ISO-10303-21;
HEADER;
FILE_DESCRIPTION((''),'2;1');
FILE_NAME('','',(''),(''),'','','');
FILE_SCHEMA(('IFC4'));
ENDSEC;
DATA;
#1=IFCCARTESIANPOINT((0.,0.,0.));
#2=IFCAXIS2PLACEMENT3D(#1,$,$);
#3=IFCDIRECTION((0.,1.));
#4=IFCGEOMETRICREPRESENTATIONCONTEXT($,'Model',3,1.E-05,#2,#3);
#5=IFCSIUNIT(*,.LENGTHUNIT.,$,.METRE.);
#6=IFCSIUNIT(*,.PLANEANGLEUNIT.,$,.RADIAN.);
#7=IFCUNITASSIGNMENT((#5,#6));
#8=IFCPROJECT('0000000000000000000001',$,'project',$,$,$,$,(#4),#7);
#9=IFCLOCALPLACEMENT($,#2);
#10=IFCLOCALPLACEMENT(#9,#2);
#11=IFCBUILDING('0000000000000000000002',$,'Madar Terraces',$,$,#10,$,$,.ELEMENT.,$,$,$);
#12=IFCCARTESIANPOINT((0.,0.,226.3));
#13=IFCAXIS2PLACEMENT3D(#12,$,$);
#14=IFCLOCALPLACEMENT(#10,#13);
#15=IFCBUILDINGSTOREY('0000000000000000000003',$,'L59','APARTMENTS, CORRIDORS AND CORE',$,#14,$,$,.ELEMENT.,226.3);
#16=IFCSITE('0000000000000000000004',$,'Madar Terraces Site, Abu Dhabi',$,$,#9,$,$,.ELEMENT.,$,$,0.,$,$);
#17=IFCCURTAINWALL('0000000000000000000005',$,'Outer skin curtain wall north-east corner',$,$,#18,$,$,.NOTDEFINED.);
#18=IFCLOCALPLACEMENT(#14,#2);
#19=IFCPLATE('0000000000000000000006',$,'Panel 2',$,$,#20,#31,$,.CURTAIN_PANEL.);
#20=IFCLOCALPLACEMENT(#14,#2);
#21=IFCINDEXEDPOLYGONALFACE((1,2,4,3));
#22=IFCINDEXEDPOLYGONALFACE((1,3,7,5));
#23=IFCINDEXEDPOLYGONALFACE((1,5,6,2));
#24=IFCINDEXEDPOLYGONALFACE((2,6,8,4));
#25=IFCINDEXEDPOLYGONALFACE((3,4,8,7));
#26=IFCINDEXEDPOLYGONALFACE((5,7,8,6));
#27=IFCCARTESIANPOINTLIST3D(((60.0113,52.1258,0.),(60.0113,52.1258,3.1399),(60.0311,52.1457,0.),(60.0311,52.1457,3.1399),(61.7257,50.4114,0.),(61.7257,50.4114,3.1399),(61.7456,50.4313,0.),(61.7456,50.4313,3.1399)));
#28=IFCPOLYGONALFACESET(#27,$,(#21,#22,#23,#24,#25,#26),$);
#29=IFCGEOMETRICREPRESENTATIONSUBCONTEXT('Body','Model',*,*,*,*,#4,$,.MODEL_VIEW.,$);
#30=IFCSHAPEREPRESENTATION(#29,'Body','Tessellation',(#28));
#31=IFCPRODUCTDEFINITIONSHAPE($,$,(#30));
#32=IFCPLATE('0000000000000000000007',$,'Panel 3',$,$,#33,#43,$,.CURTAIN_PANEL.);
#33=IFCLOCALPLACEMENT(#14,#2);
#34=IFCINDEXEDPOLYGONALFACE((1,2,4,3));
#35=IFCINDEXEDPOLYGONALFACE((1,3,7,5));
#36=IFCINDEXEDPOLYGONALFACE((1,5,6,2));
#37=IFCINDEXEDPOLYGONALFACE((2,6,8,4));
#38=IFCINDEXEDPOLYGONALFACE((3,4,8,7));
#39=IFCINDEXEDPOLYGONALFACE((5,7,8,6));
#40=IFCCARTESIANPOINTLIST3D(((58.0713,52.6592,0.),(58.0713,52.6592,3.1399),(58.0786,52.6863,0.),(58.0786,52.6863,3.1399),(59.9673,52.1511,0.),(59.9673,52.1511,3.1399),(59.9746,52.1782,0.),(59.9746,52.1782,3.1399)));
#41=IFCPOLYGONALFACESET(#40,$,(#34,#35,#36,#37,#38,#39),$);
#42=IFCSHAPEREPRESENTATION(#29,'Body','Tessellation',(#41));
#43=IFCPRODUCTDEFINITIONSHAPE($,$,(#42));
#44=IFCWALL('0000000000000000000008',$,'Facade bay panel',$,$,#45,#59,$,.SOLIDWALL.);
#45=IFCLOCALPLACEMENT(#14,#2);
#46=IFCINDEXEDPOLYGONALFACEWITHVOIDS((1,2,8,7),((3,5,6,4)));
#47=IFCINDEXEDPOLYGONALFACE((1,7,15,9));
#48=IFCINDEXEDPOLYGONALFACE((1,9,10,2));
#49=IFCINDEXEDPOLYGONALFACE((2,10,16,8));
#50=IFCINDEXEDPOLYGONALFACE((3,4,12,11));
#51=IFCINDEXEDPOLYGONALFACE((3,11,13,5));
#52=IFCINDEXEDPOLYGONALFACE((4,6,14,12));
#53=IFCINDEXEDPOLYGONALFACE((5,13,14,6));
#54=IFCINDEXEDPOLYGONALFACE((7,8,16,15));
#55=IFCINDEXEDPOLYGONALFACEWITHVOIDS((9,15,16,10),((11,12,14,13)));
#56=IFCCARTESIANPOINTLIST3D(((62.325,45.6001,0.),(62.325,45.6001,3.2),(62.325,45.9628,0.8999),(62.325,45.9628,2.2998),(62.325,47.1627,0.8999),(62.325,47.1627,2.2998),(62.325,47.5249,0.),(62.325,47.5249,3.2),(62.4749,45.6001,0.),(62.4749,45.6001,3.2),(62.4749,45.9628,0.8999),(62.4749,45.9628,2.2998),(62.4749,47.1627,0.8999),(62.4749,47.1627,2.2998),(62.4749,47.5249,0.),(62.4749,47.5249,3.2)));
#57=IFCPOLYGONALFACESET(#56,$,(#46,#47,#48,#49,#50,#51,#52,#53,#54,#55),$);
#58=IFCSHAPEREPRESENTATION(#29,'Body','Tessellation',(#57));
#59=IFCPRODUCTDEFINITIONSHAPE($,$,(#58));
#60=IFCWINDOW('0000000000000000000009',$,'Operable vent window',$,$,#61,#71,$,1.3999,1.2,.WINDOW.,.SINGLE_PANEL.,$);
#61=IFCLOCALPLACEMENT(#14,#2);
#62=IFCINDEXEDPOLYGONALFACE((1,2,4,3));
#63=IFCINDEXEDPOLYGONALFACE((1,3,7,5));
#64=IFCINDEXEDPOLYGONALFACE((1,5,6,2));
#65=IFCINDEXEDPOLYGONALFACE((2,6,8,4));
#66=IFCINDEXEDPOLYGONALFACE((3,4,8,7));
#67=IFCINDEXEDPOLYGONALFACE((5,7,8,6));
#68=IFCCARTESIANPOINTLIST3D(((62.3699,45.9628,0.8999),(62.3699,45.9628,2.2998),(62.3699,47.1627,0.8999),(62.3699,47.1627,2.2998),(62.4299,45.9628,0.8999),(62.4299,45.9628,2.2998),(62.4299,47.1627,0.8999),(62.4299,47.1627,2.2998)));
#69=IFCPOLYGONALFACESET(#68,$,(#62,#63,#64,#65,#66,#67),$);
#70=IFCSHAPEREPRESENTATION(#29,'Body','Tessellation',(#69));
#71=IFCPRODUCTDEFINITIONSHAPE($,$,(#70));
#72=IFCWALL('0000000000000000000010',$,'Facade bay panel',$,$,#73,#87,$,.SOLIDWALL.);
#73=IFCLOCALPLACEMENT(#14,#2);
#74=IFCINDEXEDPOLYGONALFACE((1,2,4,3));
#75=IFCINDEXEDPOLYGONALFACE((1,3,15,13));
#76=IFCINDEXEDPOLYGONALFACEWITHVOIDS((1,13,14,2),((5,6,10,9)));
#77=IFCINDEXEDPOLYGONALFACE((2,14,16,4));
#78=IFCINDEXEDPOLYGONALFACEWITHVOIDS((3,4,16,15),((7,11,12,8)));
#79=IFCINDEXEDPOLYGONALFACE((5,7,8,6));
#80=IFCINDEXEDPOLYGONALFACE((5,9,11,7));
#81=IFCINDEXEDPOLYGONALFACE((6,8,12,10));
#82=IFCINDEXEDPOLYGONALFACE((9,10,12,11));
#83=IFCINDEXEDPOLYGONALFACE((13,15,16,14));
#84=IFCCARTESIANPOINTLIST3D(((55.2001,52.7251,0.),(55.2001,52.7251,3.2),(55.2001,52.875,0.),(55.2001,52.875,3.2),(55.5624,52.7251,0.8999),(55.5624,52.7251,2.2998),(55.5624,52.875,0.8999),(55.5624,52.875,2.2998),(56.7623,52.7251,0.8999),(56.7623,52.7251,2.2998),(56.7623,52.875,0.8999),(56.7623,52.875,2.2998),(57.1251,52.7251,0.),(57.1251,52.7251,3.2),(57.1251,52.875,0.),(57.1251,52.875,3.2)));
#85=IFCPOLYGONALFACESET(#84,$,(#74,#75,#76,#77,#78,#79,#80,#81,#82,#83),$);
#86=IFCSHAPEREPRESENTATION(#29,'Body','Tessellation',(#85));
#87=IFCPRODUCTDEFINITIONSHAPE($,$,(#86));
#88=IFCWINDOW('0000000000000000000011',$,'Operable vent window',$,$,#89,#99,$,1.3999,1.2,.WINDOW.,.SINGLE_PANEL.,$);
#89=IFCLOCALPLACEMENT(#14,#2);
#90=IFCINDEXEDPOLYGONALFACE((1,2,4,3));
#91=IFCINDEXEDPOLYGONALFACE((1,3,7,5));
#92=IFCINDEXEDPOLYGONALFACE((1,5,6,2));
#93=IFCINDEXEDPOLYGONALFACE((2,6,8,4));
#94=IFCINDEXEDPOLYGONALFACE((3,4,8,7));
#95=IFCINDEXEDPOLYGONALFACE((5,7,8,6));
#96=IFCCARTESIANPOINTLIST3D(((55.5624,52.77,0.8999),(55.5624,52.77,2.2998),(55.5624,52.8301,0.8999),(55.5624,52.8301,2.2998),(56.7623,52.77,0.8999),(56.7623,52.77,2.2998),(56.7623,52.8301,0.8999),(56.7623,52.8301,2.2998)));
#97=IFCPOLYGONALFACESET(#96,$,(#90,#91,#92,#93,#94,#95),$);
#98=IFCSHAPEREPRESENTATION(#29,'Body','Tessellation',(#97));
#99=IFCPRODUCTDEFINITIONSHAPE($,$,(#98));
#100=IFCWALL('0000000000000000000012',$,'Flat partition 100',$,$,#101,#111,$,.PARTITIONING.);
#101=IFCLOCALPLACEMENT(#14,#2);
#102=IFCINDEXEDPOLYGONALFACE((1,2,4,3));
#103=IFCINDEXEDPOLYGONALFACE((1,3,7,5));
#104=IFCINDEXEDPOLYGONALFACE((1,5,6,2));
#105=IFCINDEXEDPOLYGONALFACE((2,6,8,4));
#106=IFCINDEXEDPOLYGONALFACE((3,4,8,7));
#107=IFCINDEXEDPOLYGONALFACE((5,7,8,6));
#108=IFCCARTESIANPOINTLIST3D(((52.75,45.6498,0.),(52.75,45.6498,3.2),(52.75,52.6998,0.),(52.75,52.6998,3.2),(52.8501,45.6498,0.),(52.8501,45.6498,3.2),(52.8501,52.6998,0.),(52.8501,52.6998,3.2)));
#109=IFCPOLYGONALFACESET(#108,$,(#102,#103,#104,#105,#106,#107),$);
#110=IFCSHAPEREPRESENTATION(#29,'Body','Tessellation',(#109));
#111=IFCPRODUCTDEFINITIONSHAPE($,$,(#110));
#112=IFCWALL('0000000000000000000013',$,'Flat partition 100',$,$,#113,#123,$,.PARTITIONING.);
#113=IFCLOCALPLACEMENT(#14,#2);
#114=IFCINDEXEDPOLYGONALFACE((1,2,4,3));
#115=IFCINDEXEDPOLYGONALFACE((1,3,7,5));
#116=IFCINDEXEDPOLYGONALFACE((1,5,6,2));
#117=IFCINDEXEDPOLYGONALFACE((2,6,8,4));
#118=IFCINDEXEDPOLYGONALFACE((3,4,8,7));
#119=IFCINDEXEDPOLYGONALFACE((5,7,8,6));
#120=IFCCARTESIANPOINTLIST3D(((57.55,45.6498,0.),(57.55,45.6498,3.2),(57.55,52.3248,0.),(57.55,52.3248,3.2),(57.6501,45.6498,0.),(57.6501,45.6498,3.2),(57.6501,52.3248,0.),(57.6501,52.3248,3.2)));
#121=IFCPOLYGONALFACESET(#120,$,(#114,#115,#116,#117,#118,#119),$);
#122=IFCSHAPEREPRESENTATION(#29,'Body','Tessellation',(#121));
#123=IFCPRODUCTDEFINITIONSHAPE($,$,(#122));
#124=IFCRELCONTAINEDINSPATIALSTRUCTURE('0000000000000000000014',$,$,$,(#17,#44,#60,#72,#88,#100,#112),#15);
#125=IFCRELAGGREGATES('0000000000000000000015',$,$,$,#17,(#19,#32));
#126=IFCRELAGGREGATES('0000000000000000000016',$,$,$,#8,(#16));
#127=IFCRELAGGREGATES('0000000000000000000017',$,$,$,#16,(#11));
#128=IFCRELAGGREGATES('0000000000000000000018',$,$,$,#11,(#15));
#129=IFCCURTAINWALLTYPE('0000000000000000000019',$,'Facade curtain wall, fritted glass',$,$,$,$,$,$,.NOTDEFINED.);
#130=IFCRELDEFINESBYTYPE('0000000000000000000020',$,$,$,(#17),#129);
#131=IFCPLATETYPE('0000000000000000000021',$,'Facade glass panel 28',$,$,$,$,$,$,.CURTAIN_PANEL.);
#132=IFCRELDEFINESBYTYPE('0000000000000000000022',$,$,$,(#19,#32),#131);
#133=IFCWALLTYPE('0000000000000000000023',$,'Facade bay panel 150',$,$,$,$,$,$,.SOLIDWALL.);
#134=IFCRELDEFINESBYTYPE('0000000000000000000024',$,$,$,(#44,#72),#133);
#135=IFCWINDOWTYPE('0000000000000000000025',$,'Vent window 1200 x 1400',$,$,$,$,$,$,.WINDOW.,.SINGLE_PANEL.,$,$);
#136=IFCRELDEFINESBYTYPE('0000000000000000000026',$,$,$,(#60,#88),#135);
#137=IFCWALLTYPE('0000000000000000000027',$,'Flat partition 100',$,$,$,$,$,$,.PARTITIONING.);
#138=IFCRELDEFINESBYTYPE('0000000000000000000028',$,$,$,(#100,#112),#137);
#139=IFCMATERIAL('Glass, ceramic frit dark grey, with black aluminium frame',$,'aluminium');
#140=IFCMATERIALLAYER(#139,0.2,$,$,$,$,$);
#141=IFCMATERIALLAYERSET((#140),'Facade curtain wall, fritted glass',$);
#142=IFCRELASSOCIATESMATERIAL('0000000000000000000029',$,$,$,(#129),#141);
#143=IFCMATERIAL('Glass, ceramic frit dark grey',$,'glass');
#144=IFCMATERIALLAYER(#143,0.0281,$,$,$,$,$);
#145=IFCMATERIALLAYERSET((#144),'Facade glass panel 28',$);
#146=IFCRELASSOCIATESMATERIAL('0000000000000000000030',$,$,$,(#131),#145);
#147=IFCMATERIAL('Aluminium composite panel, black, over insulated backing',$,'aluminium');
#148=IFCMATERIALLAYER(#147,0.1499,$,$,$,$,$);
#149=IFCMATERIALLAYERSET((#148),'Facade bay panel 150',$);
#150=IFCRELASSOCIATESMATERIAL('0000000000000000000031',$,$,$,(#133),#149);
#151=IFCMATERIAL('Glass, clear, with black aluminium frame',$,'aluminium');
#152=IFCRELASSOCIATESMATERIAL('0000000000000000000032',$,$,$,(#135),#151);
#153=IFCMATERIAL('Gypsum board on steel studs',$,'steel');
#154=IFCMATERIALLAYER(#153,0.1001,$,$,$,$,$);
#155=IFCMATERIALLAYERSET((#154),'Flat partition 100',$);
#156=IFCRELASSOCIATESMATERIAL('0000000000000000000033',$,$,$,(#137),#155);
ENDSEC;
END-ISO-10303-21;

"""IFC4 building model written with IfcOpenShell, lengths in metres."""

from ifc_helpers import new_model, si_unit, direction, frame, frame_2d, origin, origin_2d, place, context, subcontext, project, spatial, rectangle, extrude, material, layer, layer_set, type_object, element, fill, aggregate, save


model = new_model("IFC4")

# Units and contexts
model_context = context("Model", 3, precision=1e-05, world=origin(), true_north=direction((0.0, 1.0)))
body_context = subcontext(model_context, "Body", "Model", "MODEL_VIEW")
ifc_project = project(units=[si_unit("LENGTHUNIT", "METRE"), si_unit("PLANEANGLEUNIT", "RADIAN")], contexts=[model_context])

# Site, building, storey
site_placement = place(None, origin())
site = spatial("IfcSite", under=ifc_project, at=site_placement, Name="Madar Terraces Site, Abu Dhabi", CompositionType="ELEMENT", RefElevation=0.0)
building_placement = place(site_placement, origin())
building = spatial("IfcBuilding", under=site, at=building_placement, Name="Madar Terraces", CompositionType="ELEMENT")
storey_placement = place(building_placement, frame((0.0, 0.0, 226.3)))
storey = spatial("IfcBuildingStorey", under=building, at=storey_placement, Name="L59", Description="APARTMENTS, CORRIDORS AND CORE", CompositionType="ELEMENT", Elevation=226.3)

# Shared definitions
ifc_material_1 = material(Name="Glass, ceramic frit dark grey, with black aluminium frame", Category="aluminium")
ifc_layer_1 = layer(ifc_material_1, 0.2)
ifc_layer_set_1 = layer_set([ifc_layer_1], Name="Facade curtain wall, fritted glass")
curtain_wall_type = type_object("IfcCurtainWallType", Name="Facade curtain wall, fritted glass", PredefinedType="NOTDEFINED", material=ifc_layer_set_1)

# Curtain wall
curtain_wall_1_placement = place(storey_placement, origin())
curtain_wall_1 = element("IfcCurtainWall", 1, at=curtain_wall_1_placement, inside=storey, type_object=curtain_wall_type, Name="Outer skin curtain wall north-east corner", PredefinedType="NOTDEFINED")

# Plates
ifc_material_2 = material(Name="Glass, ceramic frit dark grey", Category="glass")
ifc_layer_2 = layer(ifc_material_2, 0.0281)
ifc_layer_set_2 = layer_set([ifc_layer_2], Name="Facade glass panel 28")
plate_type = type_object("IfcPlateType", Name="Facade glass panel 28", PredefinedType="CURTAIN_PANEL", material=ifc_layer_set_2)
plate_1_placement = place(storey_placement, frame((60.8784, 51.2786, 0.0), z_axis=(0.0, 0.0, 1.0), x_axis=(-0.707107, 0.707107, 0.0)))
plate_1 = element("IfcPlate", 2, at=plate_1_placement, type_object=plate_type, Name="Panel 2", PredefinedType="CURTAIN_PANEL", context=body_context, shape_type="SweptSolid", body=[
    extrude(rectangle(XDim=2.4246, YDim=0.0281, at=origin_2d()), origin(), (0.0, 0.0, 1.0), 3.1399),
])
plate_2_placement = place(storey_placement, frame((59.0229, 52.4187, 0.0), z_axis=(0.0, 0.0, 1.0), x_axis=(-0.965926, 0.258819, 0.0)))
plate_2 = element("IfcPlate", 3, at=plate_2_placement, type_object=plate_type, Name="Panel 3", PredefinedType="CURTAIN_PANEL", context=body_context, shape_type="SweptSolid", body=[
    extrude(rectangle(XDim=1.9629, YDim=0.0281, at=origin_2d()), origin(), (0.0, 0.0, 1.0), 3.1399),
])
aggregate(curtain_wall_1, [plate_1, plate_2])

# Walls, openings, windows
ifc_material_3 = material(Name="Aluminium composite panel, black, over insulated backing", Category="aluminium")
ifc_layer_3 = layer(ifc_material_3, 0.1499)
ifc_layer_set_3 = layer_set([ifc_layer_3], Name="Facade bay panel 150")
wall_type_1 = type_object("IfcWallType", Name="Facade bay panel 150", PredefinedType="SOLIDWALL", material=ifc_layer_set_3)
wall_1_placement = place(storey_placement, frame((62.3999, 45.6001, 0.0), z_axis=(0.0, 0.0, 1.0), x_axis=(0.0, 1.0, 0.0)))
wall_1 = element("IfcWall", 4, at=wall_1_placement, inside=storey, type_object=wall_type_1, Name="Facade bay panel", PredefinedType="SOLIDWALL", context=body_context, shape_type="SweptSolid", body=[
    extrude(rectangle(XDim=1.9248, YDim=0.1499, at=frame_2d((0.9624, 0.0))), origin(), (0.0, 0.0, 1.0), 3.2),
])
opening_1_placement = place(wall_1_placement, frame((0.3625, 0.0, 0.8999)))
opening_1 = element("IfcOpeningElement", 5, at=opening_1_placement, cuts=wall_1, PredefinedType="OPENING", context=body_context, shape_type="SweptSolid", body=[
    extrude(rectangle(XDim=1.2, YDim=1.3999, at=frame_2d((0.6001, 0.7))), frame((0.0, 0.085, 0.0), z_axis=(0.0, -1.0, 0.0), x_axis=(1.0, 0.0, 0.0)), (0.0, 0.0, 1.0), 0.1699),
])
ifc_material_4 = material(Name="Glass, clear, with black aluminium frame", Category="aluminium")
window_type = type_object("IfcWindowType", Name="Vent window 1200 x 1400", PartitioningType="SINGLE_PANEL", PredefinedType="WINDOW", material=ifc_material_4)
window_1_placement = place(opening_1_placement, origin())
window_1 = element("IfcWindow", 6, at=window_1_placement, inside=storey, type_object=window_type, Name="Operable vent window", OverallHeight=1.3999, OverallWidth=1.2, PartitioningType="SINGLE_PANEL", PredefinedType="WINDOW", context=body_context, shape_type="SweptSolid", body=[
    extrude(rectangle(XDim=1.2, YDim=1.3999, at=frame_2d((0.6001, 0.7))), frame((0.0, 0.03, 0.0), z_axis=(0.0, -1.0, 0.0), x_axis=(1.0, 0.0, 0.0)), (0.0, 0.0, 1.0), 0.0601),
])
fill(opening_1, window_1)
wall_2_placement = place(storey_placement, frame((57.125, 52.8, 0.0), z_axis=(0.0, 0.0, 1.0), x_axis=(-1.0, 0.0, 0.0)))
wall_2 = element("IfcWall", 7, at=wall_2_placement, inside=storey, type_object=wall_type_1, Name="Facade bay panel", PredefinedType="SOLIDWALL", context=body_context, shape_type="SweptSolid", body=[
    extrude(rectangle(XDim=1.925, YDim=0.1499, at=frame_2d((0.9624, 0.0))), origin(), (0.0, 0.0, 1.0), 3.2),
])
opening_2_placement = place(wall_2_placement, frame((0.3625, 0.0, 0.8999)))
opening_2 = element("IfcOpeningElement", 8, at=opening_2_placement, cuts=wall_2, PredefinedType="OPENING", context=body_context, shape_type="SweptSolid", body=[
    extrude(rectangle(XDim=1.2, YDim=1.3999, at=frame_2d((0.6001, 0.7))), frame((0.0, 0.085, 0.0), z_axis=(0.0, -1.0, 0.0), x_axis=(1.0, 0.0, 0.0)), (0.0, 0.0, 1.0), 0.1699),
])
window_2_placement = place(opening_2_placement, origin())
window_2 = element("IfcWindow", 9, at=window_2_placement, inside=storey, type_object=window_type, Name="Operable vent window", OverallHeight=1.3999, OverallWidth=1.2, PartitioningType="SINGLE_PANEL", PredefinedType="WINDOW", context=body_context, shape_type="SweptSolid", body=[
    extrude(rectangle(XDim=1.2, YDim=1.3999, at=frame_2d((0.6001, 0.7))), frame((0.0, 0.03, 0.0), z_axis=(0.0, -1.0, 0.0), x_axis=(1.0, 0.0, 0.0)), (0.0, 0.0, 1.0), 0.0601),
])
fill(opening_2, window_2)

# Walls
ifc_material_5 = material(Name="Gypsum board on steel studs", Category="steel")
ifc_layer_4 = layer(ifc_material_5, 0.1001)
ifc_layer_set_4 = layer_set([ifc_layer_4], Name="Flat partition 100")
wall_type_2 = type_object("IfcWallType", Name="Flat partition 100", PredefinedType="PARTITIONING", material=ifc_layer_set_4)
wall_3_placement = place(storey_placement, frame((52.8, 45.6499, 0.0), z_axis=(0.0, 0.0, 1.0), x_axis=(0.0, 1.0, 0.0)))
element("IfcWall", 10, at=wall_3_placement, inside=storey, type_object=wall_type_2, Name="Flat partition 100", PredefinedType="PARTITIONING", context=body_context, shape_type="SweptSolid", body=[
    extrude(rectangle(XDim=7.05, YDim=0.1001, at=frame_2d((3.5249, 0.0))), origin(), (0.0, 0.0, 1.0), 3.2),
])
wall_4_placement = place(storey_placement, frame((57.6001, 45.6499, 0.0), z_axis=(0.0, 0.0, 1.0), x_axis=(0.0, 1.0, 0.0)))
element("IfcWall", 11, at=wall_4_placement, inside=storey, type_object=wall_type_2, Name="Flat partition 100", PredefinedType="PARTITIONING", context=body_context, shape_type="SweptSolid", body=[
    extrude(rectangle(XDim=6.675, YDim=0.1001, at=frame_2d((3.3374, 0.0))), origin(), (0.0, 0.0, 1.0), 3.2),
])

save(model, "model.ifc")
